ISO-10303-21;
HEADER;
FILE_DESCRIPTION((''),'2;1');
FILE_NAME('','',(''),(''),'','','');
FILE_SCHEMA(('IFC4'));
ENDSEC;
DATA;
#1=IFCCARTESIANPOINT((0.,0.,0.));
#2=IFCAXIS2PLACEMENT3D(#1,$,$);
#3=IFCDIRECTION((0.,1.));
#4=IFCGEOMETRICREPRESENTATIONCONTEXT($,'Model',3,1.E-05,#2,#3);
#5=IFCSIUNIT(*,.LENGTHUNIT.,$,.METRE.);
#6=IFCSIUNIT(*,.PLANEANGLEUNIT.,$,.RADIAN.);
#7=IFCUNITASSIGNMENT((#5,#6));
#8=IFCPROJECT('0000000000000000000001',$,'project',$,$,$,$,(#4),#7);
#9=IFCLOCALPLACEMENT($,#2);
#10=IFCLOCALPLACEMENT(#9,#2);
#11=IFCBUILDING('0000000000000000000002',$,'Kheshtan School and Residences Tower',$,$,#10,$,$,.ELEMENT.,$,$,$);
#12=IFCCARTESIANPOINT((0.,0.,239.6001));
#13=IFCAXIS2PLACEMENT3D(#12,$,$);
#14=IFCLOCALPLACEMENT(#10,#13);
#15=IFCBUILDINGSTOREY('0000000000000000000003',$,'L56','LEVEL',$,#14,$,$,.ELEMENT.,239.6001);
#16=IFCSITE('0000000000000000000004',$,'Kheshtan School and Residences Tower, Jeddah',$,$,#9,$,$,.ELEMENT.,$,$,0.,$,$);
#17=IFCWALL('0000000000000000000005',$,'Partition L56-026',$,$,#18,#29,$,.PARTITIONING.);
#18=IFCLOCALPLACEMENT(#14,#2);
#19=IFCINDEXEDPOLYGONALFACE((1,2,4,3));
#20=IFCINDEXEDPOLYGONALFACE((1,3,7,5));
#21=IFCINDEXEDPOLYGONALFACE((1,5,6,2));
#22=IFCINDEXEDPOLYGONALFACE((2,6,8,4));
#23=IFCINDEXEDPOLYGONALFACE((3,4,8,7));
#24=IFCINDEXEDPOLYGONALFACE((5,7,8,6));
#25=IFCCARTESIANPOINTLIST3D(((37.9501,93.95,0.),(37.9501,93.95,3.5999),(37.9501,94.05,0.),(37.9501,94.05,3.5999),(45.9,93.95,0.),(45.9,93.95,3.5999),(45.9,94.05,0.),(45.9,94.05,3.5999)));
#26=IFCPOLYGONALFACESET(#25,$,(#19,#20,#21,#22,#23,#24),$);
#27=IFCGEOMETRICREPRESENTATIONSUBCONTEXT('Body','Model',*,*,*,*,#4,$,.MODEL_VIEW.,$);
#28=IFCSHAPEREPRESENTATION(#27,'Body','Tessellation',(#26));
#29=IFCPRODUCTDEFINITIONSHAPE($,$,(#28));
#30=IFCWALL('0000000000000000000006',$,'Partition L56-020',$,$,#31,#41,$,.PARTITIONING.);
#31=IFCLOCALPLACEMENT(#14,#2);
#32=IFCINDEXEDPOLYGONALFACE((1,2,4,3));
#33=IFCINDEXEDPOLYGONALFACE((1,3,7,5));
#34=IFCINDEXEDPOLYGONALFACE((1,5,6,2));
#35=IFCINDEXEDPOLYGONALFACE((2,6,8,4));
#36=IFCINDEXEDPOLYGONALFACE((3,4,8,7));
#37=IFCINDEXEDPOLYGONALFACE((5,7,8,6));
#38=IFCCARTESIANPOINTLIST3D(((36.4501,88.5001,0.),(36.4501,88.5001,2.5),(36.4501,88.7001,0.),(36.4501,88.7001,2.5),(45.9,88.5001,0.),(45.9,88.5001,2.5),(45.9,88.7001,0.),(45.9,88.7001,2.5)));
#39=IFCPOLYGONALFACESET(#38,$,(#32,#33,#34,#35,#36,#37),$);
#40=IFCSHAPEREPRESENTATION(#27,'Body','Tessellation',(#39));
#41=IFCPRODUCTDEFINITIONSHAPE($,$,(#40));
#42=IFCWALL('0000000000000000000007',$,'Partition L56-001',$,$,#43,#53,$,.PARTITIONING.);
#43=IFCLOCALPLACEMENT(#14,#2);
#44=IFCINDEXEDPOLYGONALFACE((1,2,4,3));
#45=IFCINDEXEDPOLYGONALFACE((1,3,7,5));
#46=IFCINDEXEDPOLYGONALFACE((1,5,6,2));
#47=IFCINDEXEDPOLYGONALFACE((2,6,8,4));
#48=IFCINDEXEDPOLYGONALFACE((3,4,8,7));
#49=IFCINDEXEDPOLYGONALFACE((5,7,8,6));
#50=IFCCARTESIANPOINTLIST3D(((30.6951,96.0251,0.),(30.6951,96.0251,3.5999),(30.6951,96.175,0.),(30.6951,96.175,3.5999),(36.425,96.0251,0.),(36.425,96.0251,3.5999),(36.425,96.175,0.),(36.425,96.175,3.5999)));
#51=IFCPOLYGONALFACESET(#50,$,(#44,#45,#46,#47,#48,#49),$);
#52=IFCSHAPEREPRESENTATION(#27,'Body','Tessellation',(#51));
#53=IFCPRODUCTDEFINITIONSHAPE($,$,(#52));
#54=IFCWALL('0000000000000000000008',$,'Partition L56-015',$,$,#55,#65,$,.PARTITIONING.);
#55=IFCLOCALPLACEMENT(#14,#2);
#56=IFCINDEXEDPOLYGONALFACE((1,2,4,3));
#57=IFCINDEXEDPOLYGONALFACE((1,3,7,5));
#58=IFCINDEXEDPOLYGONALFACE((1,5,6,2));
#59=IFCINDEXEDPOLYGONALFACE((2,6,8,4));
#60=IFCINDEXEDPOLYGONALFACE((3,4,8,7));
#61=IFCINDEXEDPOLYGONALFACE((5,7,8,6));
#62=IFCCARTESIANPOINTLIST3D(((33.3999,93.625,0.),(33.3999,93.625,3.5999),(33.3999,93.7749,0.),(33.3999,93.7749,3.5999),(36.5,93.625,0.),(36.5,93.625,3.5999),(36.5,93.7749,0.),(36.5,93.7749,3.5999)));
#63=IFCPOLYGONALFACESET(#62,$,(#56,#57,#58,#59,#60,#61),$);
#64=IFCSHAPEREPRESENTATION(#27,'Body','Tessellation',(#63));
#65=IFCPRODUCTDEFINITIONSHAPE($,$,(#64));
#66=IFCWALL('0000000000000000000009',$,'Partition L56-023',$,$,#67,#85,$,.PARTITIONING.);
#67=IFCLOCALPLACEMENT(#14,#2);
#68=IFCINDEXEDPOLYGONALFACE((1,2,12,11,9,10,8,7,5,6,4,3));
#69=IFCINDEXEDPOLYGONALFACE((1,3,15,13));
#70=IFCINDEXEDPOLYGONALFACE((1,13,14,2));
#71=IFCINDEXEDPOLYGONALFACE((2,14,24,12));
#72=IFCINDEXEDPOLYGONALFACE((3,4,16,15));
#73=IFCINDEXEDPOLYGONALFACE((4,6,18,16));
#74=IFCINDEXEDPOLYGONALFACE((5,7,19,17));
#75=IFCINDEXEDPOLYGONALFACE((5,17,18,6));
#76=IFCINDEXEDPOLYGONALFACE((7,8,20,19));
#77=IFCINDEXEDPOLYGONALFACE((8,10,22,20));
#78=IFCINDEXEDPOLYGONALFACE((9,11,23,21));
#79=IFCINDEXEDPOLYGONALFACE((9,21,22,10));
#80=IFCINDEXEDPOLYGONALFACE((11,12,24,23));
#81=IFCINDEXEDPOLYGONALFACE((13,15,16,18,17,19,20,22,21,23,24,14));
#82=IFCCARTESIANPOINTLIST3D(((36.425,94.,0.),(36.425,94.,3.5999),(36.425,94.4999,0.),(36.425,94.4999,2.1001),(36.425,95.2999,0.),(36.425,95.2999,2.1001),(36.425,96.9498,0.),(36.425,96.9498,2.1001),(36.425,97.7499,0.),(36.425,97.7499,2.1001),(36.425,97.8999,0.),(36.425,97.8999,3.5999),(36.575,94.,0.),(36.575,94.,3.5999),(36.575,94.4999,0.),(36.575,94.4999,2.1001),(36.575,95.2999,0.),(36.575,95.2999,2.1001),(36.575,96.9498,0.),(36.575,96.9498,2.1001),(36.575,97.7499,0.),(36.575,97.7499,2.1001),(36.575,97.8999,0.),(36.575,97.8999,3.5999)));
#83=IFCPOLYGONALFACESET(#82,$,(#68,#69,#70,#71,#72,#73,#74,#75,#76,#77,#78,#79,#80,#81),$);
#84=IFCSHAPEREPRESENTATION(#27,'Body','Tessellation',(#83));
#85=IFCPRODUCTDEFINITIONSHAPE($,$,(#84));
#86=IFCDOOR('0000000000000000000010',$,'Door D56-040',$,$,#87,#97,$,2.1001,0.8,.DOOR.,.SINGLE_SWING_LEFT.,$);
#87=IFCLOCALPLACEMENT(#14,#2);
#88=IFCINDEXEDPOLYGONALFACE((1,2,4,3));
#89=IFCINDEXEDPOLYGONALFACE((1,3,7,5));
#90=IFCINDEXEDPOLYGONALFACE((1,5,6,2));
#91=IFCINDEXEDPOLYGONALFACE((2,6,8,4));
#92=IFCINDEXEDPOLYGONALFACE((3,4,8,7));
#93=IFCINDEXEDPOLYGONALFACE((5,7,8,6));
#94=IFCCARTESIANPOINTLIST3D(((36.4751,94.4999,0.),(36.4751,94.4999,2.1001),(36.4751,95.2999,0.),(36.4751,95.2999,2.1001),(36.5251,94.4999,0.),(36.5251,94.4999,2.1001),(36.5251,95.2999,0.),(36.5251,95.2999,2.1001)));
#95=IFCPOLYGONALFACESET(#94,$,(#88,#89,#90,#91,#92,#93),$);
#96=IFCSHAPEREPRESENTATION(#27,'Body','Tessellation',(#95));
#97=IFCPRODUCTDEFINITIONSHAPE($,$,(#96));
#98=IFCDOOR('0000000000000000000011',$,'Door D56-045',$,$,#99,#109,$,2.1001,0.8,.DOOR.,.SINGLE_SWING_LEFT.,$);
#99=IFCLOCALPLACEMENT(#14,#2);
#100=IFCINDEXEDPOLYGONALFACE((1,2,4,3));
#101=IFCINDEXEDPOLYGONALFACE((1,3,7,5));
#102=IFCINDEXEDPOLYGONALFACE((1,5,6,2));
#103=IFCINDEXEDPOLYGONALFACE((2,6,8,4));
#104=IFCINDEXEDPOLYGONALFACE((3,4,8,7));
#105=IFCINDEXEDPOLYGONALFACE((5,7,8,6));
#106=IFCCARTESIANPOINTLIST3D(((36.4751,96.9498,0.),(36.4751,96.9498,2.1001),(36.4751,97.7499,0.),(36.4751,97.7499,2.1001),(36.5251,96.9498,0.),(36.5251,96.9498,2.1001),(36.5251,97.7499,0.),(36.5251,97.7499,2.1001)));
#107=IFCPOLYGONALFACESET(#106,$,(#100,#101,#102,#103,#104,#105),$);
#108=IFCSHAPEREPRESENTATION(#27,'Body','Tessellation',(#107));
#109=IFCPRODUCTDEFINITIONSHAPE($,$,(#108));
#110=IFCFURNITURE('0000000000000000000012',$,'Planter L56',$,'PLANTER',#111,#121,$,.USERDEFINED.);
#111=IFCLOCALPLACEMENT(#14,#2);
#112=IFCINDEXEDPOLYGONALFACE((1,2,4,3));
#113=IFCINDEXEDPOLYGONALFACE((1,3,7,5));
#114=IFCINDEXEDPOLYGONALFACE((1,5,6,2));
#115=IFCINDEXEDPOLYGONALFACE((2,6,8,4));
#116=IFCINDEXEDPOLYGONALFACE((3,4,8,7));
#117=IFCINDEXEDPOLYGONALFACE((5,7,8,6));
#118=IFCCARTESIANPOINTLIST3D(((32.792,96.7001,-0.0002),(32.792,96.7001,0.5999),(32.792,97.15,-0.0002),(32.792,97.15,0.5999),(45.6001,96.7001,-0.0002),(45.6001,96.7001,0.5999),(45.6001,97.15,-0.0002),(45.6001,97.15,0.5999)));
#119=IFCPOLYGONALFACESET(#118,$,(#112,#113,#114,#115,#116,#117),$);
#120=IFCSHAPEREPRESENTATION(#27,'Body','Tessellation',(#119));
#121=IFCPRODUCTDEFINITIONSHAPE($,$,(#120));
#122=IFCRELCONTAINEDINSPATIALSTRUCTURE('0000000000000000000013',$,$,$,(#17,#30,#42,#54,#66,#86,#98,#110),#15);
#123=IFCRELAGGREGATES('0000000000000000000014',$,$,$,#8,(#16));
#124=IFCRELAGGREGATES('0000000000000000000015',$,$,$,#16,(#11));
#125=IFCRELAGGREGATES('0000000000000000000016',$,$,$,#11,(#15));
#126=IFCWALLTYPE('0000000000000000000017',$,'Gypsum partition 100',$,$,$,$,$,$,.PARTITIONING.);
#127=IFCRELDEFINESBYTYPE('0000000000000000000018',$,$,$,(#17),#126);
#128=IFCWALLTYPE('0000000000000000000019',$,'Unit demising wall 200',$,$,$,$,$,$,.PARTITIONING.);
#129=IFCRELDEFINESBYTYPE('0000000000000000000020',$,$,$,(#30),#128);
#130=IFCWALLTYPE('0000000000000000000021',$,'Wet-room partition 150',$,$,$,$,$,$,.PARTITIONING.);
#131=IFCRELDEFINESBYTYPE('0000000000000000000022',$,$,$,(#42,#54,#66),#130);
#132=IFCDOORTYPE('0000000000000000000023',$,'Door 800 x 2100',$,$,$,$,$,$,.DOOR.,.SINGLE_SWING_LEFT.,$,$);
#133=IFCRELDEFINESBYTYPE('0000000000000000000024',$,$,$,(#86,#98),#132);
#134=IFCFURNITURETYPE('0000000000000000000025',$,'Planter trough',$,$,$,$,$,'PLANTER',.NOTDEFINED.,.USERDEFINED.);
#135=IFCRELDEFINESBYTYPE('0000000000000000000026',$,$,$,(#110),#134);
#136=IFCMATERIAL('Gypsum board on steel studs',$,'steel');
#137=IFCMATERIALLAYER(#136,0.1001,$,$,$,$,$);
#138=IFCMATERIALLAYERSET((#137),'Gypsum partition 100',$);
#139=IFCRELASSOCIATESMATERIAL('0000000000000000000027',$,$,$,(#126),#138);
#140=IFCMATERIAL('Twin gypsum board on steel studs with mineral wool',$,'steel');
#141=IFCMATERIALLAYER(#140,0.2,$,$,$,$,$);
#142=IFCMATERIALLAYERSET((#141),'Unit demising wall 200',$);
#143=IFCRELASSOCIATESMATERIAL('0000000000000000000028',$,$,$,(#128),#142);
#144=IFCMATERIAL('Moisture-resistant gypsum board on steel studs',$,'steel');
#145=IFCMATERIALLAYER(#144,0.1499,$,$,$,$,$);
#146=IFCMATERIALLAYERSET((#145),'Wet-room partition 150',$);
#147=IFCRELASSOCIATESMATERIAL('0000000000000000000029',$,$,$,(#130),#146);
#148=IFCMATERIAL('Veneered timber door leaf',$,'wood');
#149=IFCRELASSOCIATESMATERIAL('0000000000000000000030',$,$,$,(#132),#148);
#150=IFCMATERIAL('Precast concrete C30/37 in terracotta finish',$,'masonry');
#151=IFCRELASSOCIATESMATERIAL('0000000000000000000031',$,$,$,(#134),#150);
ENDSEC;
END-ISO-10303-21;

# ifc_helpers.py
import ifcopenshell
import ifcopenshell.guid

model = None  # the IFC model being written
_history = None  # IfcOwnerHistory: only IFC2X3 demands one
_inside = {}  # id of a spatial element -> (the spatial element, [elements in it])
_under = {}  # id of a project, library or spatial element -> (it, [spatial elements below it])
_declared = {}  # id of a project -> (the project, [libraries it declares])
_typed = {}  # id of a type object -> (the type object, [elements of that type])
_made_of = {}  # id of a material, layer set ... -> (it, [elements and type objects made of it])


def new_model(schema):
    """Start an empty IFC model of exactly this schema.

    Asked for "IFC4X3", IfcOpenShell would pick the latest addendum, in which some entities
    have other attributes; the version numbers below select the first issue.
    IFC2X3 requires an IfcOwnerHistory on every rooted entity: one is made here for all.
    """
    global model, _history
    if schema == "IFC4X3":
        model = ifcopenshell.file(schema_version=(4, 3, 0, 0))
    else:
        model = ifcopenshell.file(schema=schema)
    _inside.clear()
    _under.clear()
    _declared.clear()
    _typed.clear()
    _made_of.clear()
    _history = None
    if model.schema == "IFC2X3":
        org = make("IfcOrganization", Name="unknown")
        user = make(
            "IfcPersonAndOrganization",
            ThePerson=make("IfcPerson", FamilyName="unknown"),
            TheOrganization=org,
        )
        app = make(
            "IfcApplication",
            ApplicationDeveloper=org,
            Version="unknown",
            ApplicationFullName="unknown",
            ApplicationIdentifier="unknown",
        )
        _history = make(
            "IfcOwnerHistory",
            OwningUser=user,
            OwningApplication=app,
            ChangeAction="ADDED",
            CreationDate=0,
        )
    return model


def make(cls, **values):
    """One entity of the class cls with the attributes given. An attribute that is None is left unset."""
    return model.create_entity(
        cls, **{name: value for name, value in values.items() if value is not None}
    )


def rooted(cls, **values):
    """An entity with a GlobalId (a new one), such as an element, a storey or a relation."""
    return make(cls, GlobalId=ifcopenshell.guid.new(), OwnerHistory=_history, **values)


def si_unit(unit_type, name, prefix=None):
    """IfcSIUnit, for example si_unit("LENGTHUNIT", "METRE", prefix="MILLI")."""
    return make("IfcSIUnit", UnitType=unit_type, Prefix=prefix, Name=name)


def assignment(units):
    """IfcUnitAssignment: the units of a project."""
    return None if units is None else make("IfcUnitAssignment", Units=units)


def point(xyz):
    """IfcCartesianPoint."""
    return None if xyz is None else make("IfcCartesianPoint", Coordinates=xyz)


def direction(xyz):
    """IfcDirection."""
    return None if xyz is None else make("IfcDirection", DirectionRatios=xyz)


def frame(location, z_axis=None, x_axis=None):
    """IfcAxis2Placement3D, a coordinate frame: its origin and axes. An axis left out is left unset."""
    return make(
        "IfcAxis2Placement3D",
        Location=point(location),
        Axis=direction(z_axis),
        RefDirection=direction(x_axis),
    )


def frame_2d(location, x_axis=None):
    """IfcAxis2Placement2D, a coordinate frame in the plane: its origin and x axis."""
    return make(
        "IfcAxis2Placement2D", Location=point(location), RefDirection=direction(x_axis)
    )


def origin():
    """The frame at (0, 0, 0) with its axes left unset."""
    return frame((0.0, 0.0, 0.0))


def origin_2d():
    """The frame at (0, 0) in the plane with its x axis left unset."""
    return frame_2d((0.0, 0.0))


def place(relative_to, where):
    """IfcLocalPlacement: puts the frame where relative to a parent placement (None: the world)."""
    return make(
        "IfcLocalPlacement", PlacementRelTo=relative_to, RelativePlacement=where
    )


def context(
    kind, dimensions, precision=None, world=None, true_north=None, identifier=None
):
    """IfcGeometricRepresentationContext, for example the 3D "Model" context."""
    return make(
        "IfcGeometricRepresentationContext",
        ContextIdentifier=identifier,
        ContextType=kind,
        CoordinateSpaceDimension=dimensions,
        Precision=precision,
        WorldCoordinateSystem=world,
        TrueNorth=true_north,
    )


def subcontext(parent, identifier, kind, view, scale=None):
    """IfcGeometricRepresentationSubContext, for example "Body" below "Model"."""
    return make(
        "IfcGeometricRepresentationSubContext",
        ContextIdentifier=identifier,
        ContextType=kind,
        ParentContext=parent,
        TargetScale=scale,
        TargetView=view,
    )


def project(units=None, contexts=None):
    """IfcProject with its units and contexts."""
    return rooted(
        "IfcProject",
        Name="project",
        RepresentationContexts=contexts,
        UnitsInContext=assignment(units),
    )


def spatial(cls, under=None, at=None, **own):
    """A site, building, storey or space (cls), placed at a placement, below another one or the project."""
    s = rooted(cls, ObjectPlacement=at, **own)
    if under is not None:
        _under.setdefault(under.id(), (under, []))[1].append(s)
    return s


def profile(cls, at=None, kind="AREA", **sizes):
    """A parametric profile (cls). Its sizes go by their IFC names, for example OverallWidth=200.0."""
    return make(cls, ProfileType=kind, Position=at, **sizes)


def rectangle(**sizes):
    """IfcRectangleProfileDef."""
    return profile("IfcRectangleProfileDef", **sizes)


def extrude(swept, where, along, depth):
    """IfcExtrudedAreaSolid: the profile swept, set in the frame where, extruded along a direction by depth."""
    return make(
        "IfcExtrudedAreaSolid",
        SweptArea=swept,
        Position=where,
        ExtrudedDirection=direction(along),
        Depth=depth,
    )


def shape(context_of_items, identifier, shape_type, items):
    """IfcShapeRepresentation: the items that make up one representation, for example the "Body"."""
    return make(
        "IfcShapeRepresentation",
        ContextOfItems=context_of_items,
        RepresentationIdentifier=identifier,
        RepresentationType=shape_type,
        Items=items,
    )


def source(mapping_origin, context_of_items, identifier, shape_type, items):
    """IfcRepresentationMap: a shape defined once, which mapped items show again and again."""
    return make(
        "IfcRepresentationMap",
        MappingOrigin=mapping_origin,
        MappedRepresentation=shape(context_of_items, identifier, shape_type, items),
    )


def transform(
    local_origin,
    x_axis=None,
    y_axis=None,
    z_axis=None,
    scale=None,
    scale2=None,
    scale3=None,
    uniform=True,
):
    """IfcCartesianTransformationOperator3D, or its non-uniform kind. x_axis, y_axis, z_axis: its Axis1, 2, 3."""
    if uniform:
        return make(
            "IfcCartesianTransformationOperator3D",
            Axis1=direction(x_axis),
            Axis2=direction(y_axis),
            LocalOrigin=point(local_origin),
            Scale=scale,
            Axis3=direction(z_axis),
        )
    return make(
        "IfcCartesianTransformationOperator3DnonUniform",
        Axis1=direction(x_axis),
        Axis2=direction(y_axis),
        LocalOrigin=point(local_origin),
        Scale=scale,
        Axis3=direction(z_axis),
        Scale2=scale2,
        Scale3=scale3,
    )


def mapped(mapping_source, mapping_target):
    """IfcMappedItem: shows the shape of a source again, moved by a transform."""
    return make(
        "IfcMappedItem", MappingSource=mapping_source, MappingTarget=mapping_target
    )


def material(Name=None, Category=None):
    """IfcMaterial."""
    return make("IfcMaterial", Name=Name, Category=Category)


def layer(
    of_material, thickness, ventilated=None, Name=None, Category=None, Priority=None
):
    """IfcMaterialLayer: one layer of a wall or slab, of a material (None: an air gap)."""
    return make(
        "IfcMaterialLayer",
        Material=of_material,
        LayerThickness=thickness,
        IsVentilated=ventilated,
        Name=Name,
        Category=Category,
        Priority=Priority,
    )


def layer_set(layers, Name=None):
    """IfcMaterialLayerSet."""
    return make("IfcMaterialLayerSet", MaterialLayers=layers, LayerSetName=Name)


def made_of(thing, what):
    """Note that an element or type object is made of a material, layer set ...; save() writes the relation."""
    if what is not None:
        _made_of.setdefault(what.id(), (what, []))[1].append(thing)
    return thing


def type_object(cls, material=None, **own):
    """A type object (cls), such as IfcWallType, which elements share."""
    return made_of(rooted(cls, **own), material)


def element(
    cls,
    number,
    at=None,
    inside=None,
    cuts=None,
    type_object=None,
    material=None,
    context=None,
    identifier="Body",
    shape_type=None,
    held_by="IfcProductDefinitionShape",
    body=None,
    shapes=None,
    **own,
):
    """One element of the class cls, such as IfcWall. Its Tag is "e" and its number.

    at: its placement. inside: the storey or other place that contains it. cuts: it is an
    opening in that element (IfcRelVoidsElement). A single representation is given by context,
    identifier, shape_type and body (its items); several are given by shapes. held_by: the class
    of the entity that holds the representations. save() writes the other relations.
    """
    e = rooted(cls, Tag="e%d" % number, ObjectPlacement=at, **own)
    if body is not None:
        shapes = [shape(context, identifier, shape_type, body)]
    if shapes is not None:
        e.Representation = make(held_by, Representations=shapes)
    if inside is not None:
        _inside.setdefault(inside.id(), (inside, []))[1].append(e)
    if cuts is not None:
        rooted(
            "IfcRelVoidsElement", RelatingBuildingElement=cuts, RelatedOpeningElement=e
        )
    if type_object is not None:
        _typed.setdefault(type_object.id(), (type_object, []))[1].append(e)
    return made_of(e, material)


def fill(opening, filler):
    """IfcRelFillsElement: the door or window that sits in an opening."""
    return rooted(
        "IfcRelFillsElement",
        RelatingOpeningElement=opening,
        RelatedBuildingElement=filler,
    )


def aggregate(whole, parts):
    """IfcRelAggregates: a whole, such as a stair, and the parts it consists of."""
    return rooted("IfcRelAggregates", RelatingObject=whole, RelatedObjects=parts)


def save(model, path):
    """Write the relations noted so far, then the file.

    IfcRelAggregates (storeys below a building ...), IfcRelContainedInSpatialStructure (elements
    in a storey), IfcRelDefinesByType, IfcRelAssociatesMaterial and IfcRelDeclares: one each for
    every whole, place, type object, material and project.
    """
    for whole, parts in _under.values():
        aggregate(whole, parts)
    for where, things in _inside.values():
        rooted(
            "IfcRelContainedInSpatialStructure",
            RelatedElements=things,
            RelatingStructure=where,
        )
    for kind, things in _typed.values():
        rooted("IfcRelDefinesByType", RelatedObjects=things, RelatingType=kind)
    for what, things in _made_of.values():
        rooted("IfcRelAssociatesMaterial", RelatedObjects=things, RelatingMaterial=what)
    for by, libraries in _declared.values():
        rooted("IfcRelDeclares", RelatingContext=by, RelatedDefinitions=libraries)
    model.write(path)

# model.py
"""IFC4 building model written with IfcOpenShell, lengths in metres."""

from ifc_helpers import new_model, si_unit, direction, frame, frame_2d, origin, origin_2d, place, context, subcontext, project, spatial, rectangle, extrude, source, transform, mapped, material, layer, layer_set, type_object, element, fill, save


model = new_model("IFC4")

# Units and contexts
model_context = context("Model", 3, precision=1e-05, world=origin(), true_north=direction((0.0, 1.0)))
body_context = subcontext(model_context, "Body", "Model", "MODEL_VIEW")
ifc_project = project(units=[si_unit("LENGTHUNIT", "METRE"), si_unit("PLANEANGLEUNIT", "RADIAN")], contexts=[model_context])

# Site, building, storey
site_placement = place(None, origin())
site = spatial("IfcSite", under=ifc_project, at=site_placement, Name="Kheshtan School and Residences Tower, Jeddah", CompositionType="ELEMENT", RefElevation=0.0)
building_placement = place(site_placement, origin())
building = spatial("IfcBuilding", under=site, at=building_placement, Name="Kheshtan School and Residences Tower", CompositionType="ELEMENT")
storey_placement = place(building_placement, frame((0.0, 0.0, 239.6001)))
storey = spatial("IfcBuildingStorey", under=building, at=storey_placement, Name="L56", Description="LEVEL", CompositionType="ELEMENT", Elevation=239.6001)

# Shared definitions
ifc_material_1 = material(Name="Gypsum board on steel studs", Category="steel")
ifc_layer_1 = layer(ifc_material_1, 0.1001)
ifc_layer_set_1 = layer_set([ifc_layer_1], Name="Gypsum partition 100")
wall_type_1 = type_object("IfcWallType", Name="Gypsum partition 100", PredefinedType="PARTITIONING", material=ifc_layer_set_1)

# Shared definitions
ifc_material_2 = material(Name="Veneered timber door leaf", Category="wood")

# Walls
wall_1_placement = place(storey_placement, frame((37.95, 94.0, 0.0), z_axis=(0.0, 0.0, 1.0), x_axis=(1.0, 0.0, 0.0)))
element("IfcWall", 1, at=wall_1_placement, inside=storey, type_object=wall_type_1, Name="Partition L56-026", PredefinedType="PARTITIONING", context=body_context, shape_type="SweptSolid", body=[
    extrude(rectangle(XDim=7.95, YDim=0.1001, at=frame_2d((3.9751, 0.0))), origin(), (0.0, 0.0, 1.0), 3.5999),
])
ifc_material_3 = material(Name="Twin gypsum board on steel studs with mineral wool", Category="steel")
ifc_layer_2 = layer(ifc_material_3, 0.2)
ifc_layer_set_2 = layer_set([ifc_layer_2], Name="Unit demising wall 200")
wall_type_2 = type_object("IfcWallType", Name="Unit demising wall 200", PredefinedType="PARTITIONING", material=ifc_layer_set_2)
wall_2_placement = place(storey_placement, frame((36.45, 88.6001, 0.0), z_axis=(0.0, 0.0, 1.0), x_axis=(1.0, 0.0, 0.0)))
element("IfcWall", 2, at=wall_2_placement, inside=storey, type_object=wall_type_2, Name="Partition L56-020", PredefinedType="PARTITIONING", context=body_context, shape_type="SweptSolid", body=[
    extrude(rectangle(XDim=9.45, YDim=0.2, at=frame_2d((4.7251, 0.0))), origin(), (0.0, 0.0, 1.0), 2.5),
])
ifc_material_4 = material(Name="Moisture-resistant gypsum board on steel studs", Category="steel")
ifc_layer_3 = layer(ifc_material_4, 0.1499)
ifc_layer_set_3 = layer_set([ifc_layer_3], Name="Wet-room partition 150")
wall_type_3 = type_object("IfcWallType", Name="Wet-room partition 150", PredefinedType="PARTITIONING", material=ifc_layer_set_3)
wall_3_placement = place(storey_placement, frame((30.6951, 96.1001, 0.0), z_axis=(0.0, 0.0, 1.0), x_axis=(1.0, 0.0, 0.0)))
element("IfcWall", 3, at=wall_3_placement, inside=storey, type_object=wall_type_3, Name="Partition L56-001", PredefinedType="PARTITIONING", context=body_context, shape_type="SweptSolid", body=[
    extrude(rectangle(XDim=5.73, YDim=0.1499, at=frame_2d((2.865, 0.0))), origin(), (0.0, 0.0, 1.0), 3.5999),
])
wall_4_placement = place(storey_placement, frame((33.3999, 93.7, 0.0), z_axis=(0.0, 0.0, 1.0), x_axis=(1.0, 0.0, 0.0)))
element("IfcWall", 4, at=wall_4_placement, inside=storey, type_object=wall_type_3, Name="Partition L56-015", PredefinedType="PARTITIONING", context=body_context, shape_type="SweptSolid", body=[
    extrude(rectangle(XDim=3.1001, YDim=0.1499, at=frame_2d((1.55, 0.0))), origin(), (0.0, 0.0, 1.0), 3.5999),
])

# Wall, openings, doors
wall_5_placement = place(storey_placement, frame((36.5, 94.0, 0.0), z_axis=(0.0, 0.0, 1.0), x_axis=(0.0, 1.0, 0.0)))
wall_5 = element("IfcWall", 5, at=wall_5_placement, inside=storey, type_object=wall_type_3, Name="Partition L56-023", PredefinedType="PARTITIONING", context=body_context, shape_type="SweptSolid", body=[
    extrude(rectangle(XDim=3.8999, YDim=0.1499, at=frame_2d((1.95, 0.0))), origin(), (0.0, 0.0, 1.0), 3.5999),
])
opening_1_placement = place(wall_5_placement, frame((0.5, 0.0, 0.0)))
opening_1 = element("IfcOpeningElement", 6, at=opening_1_placement, cuts=wall_5, PredefinedType="OPENING", context=body_context, shape_type="SweptSolid", body=[
    extrude(rectangle(XDim=0.8, YDim=2.1001, at=frame_2d((0.3999, 1.05))), frame((0.0, 0.085, 0.0), z_axis=(0.0, -1.0, 0.0), x_axis=(1.0, 0.0, 0.0)), (0.0, 0.0, 1.0), 0.1699),
])
opening_2_placement = place(wall_5_placement, frame((2.95, 0.0, 0.0)))
opening_2 = element("IfcOpeningElement", 7, at=opening_2_placement, cuts=wall_5, PredefinedType="OPENING", context=body_context, shape_type="SweptSolid", body=[
    extrude(rectangle(XDim=0.8, YDim=2.1001, at=frame_2d((0.3999, 1.05))), frame((0.0, 0.085, 0.0), z_axis=(0.0, -1.0, 0.0), x_axis=(1.0, 0.0, 0.0)), (0.0, 0.0, 1.0), 0.1699),
])
door_type_1 = type_object("IfcDoorType", Name="Door 800 x 2100", OperationType="SINGLE_SWING_LEFT", PredefinedType="DOOR", material=ifc_material_2)
shared_shape_1 = source(origin(), body_context, "Body", "SweptSolid", [
    extrude(rectangle(XDim=0.8, YDim=2.1001, at=frame_2d((0.3999, 1.05))), frame((0.0, 0.0249, 0.0), z_axis=(0.0, -1.0, 0.0), x_axis=(1.0, 0.0, 0.0)), (0.0, 0.0, 1.0), 0.05),
])
door_1_placement = place(opening_1_placement, origin())
door_1 = element("IfcDoor", 8, at=door_1_placement, inside=storey, type_object=door_type_1, Name="Door D56-040", OperationType="SINGLE_SWING_LEFT", OverallHeight=2.1001, OverallWidth=0.8, PredefinedType="DOOR", context=body_context, shape_type="MappedRepresentation", body=[
    mapped(shared_shape_1, transform((0.0, 0.0, 0.0), x_axis=(1.0, 0.0, 0.0), y_axis=(0.0, 1.0, 0.0), z_axis=(0.0, 0.0, 1.0), scale=1.0)),
])
fill(opening_1, door_1)
door_2_placement = place(opening_2_placement, origin())
door_2 = element("IfcDoor", 9, at=door_2_placement, inside=storey, type_object=door_type_1, Name="Door D56-045", OperationType="SINGLE_SWING_LEFT", OverallHeight=2.1001, OverallWidth=0.8, PredefinedType="DOOR", context=body_context, shape_type="MappedRepresentation", body=[
    mapped(shared_shape_1, transform((0.0, 0.0, 0.0), x_axis=(1.0, 0.0, 0.0), y_axis=(0.0, 1.0, 0.0), z_axis=(0.0, 0.0, 1.0), scale=1.0)),
])
fill(opening_2, door_2)

# Furniture
ifc_material_5 = material(Name="Precast concrete C30/37 in terracotta finish", Category="masonry")
furniture_type = type_object("IfcFurnitureType", Name="Planter trough", ElementType="PLANTER", AssemblyPlace="NOTDEFINED", PredefinedType="USERDEFINED", material=ifc_material_5)
furniture_placement = place(storey_placement, frame((39.196, 96.925, -0.0002), z_axis=(0.0, 0.0, 1.0), x_axis=(1.0, 0.0, 0.0)))
element("IfcFurniture", 10, at=furniture_placement, inside=storey, type_object=furniture_type, Name="Planter L56", ObjectType="PLANTER", PredefinedType="USERDEFINED", context=body_context, shape_type="SweptSolid", body=[
    extrude(rectangle(XDim=12.8081, YDim=0.45, at=origin_2d()), origin(), (0.0, 0.0, 1.0), 0.6001),
])

save(model, "model.ifc")
